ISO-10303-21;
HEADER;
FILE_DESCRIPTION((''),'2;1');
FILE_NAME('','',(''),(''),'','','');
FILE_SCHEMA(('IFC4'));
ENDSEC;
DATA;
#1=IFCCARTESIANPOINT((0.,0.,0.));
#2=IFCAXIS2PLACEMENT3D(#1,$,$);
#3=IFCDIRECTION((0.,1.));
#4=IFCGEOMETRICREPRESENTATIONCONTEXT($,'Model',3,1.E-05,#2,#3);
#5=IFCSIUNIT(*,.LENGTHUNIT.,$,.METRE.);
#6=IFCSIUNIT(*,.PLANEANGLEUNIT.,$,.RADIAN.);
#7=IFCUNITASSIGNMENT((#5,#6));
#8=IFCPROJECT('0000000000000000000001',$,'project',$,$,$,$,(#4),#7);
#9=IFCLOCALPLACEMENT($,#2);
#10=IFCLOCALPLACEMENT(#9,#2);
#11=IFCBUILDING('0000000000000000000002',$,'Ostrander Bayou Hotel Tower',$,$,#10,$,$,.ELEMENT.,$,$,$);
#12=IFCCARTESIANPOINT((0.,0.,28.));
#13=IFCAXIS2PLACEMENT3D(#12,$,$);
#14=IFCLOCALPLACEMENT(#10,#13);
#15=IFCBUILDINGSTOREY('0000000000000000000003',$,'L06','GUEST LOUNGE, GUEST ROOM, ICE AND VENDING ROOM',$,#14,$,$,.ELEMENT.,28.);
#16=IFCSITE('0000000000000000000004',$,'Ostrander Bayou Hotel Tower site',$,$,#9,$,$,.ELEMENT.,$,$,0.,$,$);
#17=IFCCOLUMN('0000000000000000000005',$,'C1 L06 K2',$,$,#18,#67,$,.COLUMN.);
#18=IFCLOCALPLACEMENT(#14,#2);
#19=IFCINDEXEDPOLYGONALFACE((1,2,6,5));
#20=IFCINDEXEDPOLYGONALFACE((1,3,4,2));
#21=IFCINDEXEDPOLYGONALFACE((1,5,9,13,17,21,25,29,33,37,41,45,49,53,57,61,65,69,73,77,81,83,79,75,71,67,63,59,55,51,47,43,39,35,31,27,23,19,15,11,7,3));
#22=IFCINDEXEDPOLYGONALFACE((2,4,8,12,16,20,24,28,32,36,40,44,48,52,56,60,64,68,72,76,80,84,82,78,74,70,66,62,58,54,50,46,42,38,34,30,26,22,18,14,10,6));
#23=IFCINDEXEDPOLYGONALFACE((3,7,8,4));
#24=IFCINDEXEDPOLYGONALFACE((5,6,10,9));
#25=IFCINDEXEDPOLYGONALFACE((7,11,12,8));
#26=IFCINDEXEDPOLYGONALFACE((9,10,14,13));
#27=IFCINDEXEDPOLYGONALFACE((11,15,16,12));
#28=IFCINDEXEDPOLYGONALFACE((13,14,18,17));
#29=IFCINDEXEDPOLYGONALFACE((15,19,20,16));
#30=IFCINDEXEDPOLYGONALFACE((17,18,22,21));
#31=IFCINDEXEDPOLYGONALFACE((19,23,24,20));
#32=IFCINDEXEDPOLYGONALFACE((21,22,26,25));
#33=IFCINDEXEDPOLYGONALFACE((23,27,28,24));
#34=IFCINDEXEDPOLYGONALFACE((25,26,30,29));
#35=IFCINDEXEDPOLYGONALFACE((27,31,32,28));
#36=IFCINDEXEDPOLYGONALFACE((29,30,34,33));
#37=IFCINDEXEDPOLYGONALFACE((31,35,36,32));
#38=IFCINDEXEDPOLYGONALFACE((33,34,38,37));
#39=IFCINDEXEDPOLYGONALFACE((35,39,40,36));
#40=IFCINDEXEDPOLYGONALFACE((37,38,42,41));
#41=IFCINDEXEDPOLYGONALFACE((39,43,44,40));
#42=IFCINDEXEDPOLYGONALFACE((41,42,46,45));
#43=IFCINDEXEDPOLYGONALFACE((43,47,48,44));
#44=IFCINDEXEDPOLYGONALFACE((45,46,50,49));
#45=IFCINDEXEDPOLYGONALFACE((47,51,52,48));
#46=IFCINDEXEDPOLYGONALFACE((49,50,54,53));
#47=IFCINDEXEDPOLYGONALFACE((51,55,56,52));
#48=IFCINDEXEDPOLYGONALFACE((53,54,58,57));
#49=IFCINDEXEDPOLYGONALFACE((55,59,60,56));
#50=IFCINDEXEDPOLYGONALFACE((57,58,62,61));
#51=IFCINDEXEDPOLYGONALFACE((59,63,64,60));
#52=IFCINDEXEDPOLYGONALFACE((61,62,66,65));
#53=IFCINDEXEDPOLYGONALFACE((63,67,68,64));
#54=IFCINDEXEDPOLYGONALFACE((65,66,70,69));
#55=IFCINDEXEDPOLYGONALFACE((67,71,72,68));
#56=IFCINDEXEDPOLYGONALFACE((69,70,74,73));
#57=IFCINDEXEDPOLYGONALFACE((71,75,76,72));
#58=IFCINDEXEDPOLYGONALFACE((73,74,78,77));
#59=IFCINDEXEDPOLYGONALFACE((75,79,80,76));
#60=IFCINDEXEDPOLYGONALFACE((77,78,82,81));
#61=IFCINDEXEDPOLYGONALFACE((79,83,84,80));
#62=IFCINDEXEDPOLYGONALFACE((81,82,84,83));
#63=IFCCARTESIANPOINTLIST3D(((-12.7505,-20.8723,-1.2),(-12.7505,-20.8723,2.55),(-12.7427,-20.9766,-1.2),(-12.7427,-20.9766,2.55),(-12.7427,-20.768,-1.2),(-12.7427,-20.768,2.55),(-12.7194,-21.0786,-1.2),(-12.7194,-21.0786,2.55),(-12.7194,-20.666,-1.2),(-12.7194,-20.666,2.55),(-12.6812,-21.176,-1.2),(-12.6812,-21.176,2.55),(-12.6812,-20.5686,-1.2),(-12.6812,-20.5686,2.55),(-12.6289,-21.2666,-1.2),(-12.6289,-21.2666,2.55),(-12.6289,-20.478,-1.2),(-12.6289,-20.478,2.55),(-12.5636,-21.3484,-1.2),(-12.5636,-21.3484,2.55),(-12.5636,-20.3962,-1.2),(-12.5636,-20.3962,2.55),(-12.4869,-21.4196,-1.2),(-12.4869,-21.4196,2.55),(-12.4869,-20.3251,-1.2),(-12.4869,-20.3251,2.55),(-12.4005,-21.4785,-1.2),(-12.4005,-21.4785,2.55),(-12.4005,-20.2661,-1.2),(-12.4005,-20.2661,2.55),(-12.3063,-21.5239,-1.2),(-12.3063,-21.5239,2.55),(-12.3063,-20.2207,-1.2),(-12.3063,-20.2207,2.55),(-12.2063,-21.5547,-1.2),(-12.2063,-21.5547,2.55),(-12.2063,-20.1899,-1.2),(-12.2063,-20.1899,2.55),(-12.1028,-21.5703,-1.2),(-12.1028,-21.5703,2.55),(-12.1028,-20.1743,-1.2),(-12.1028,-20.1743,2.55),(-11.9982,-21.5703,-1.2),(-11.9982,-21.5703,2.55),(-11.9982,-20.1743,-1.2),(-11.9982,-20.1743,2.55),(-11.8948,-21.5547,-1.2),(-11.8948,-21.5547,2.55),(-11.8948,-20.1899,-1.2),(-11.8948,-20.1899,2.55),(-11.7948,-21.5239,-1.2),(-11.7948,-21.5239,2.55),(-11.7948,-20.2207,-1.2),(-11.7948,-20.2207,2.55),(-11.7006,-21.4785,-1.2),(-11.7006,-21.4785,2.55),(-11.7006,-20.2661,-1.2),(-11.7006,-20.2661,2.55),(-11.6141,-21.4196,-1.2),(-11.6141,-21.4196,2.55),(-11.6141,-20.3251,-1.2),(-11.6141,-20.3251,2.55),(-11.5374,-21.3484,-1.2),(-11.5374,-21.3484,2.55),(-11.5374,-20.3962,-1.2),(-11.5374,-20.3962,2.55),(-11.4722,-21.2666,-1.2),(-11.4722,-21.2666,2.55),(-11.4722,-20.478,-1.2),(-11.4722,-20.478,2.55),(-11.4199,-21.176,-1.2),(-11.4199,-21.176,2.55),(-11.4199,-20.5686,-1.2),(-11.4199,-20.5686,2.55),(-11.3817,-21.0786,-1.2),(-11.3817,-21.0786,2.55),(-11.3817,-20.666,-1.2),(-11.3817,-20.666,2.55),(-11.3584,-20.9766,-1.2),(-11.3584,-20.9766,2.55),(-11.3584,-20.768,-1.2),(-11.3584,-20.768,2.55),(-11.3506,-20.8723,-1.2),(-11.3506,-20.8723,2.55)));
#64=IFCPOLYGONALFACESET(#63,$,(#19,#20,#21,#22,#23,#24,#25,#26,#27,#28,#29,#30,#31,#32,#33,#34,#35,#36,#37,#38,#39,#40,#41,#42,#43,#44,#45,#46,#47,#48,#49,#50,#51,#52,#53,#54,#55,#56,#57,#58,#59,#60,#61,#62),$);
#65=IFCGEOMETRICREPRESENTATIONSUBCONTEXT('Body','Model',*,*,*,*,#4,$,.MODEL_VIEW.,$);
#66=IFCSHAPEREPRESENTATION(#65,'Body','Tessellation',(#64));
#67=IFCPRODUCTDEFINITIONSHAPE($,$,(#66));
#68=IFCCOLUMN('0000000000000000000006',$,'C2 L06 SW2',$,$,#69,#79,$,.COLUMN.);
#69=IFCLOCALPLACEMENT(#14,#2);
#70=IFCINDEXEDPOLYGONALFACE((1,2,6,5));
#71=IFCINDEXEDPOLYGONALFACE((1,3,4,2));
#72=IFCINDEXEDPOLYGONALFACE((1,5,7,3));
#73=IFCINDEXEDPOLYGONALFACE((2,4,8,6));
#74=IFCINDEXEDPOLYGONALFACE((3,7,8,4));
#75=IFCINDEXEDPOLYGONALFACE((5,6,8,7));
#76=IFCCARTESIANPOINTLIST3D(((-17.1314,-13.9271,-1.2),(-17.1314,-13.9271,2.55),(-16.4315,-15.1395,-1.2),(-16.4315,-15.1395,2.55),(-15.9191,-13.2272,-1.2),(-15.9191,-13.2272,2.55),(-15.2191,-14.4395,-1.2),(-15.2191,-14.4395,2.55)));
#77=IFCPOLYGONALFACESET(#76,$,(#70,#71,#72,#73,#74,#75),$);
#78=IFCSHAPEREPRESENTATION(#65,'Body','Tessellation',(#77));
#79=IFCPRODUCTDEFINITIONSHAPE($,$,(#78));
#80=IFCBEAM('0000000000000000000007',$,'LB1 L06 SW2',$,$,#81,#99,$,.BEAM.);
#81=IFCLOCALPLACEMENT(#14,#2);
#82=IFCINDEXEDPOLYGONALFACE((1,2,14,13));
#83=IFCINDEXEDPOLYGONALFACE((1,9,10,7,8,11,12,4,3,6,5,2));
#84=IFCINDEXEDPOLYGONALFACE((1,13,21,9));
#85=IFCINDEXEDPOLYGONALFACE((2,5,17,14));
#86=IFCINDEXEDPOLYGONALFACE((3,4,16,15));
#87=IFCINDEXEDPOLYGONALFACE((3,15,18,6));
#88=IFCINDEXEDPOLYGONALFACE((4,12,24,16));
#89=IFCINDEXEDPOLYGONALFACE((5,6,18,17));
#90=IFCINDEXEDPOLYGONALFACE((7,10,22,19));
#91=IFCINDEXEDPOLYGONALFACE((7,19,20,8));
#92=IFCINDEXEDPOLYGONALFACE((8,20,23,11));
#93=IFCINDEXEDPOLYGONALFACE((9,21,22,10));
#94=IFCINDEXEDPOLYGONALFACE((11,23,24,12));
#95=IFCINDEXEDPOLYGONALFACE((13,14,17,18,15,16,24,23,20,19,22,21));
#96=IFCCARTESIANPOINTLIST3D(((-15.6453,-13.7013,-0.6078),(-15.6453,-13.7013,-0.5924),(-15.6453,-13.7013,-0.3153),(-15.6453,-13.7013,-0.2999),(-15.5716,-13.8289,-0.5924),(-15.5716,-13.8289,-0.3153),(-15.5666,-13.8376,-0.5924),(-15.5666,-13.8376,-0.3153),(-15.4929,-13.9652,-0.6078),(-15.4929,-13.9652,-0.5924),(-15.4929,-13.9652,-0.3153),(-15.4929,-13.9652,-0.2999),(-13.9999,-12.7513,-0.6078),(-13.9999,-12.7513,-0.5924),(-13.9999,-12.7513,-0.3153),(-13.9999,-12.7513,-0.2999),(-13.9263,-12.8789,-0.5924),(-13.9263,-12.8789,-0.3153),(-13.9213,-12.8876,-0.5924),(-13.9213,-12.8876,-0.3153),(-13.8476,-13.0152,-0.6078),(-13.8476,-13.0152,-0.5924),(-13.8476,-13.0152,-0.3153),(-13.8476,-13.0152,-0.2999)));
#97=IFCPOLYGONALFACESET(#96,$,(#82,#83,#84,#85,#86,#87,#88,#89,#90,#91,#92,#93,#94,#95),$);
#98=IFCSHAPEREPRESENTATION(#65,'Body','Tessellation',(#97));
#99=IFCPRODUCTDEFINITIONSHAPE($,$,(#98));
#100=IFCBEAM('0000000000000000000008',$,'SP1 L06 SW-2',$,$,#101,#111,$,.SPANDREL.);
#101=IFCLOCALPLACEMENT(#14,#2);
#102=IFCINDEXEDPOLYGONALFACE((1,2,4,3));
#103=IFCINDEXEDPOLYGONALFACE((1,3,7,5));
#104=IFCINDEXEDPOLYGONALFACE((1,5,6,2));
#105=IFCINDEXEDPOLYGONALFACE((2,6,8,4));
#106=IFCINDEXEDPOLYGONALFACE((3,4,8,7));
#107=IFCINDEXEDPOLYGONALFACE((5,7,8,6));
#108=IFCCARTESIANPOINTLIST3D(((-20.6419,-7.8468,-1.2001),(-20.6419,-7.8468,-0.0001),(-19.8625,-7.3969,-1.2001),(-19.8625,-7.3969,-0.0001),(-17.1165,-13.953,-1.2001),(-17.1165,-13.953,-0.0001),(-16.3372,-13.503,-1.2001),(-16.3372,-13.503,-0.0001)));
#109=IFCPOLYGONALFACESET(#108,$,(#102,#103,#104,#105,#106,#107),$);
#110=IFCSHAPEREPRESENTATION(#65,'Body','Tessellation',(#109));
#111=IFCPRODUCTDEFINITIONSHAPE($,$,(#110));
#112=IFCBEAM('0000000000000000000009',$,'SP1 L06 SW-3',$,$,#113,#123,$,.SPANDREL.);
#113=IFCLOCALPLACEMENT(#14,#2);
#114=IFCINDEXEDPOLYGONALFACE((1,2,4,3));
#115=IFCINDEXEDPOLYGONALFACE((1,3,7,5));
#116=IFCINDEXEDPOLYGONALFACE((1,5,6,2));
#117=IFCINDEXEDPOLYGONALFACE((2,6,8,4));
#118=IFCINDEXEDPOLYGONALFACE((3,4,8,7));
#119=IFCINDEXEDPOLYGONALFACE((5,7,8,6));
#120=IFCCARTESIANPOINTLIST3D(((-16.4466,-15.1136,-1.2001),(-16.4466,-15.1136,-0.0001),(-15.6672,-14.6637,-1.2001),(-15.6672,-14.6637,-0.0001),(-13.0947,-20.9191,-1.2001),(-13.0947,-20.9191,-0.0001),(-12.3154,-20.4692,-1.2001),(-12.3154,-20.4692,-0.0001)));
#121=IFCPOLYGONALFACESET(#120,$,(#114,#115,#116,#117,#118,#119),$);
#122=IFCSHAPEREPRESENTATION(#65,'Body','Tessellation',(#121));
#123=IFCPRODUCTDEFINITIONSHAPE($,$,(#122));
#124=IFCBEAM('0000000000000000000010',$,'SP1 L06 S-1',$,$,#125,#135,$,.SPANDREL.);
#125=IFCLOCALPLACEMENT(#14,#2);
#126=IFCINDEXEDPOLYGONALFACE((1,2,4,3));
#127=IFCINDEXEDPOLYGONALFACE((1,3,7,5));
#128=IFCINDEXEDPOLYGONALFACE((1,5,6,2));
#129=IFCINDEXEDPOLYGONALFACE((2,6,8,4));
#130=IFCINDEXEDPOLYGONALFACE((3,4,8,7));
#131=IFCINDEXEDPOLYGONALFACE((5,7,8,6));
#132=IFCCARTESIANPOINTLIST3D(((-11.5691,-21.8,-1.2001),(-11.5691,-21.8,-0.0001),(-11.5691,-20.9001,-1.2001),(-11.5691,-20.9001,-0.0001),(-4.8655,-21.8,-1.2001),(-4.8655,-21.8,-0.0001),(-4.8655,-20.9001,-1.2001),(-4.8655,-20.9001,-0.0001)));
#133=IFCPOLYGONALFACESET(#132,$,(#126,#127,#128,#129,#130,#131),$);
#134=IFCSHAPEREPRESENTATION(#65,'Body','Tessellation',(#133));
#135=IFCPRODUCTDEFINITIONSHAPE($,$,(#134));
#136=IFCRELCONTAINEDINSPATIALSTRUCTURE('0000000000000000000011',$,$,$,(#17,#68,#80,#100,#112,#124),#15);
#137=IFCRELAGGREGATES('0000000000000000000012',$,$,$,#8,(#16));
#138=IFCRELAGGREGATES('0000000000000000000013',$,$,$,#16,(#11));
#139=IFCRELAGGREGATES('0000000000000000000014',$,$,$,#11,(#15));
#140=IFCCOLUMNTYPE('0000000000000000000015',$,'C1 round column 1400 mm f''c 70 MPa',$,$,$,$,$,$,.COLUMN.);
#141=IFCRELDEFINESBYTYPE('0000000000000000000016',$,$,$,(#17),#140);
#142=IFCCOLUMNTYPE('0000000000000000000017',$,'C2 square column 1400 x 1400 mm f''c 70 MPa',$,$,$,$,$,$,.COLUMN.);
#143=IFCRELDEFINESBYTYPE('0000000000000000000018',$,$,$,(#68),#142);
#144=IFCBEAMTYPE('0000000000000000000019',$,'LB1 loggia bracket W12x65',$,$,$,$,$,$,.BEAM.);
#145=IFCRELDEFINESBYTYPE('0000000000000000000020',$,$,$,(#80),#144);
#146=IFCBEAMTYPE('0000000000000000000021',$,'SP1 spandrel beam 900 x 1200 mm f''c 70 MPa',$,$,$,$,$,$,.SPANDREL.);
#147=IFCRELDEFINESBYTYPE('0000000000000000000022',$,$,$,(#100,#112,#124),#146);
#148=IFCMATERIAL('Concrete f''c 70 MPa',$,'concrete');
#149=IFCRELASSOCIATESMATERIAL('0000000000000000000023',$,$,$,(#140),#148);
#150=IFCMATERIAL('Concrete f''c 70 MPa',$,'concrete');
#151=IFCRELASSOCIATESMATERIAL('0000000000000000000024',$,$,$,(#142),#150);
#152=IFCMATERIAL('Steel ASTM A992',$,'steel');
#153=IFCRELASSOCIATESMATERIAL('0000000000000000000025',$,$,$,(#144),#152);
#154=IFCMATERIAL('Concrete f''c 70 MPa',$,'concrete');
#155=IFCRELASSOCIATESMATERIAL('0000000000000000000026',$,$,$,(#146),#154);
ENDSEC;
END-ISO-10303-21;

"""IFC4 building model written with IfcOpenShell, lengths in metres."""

from ifc_helpers import new_model, si_unit, direction, frame, origin, origin_2d, place, context, subcontext, project, spatial, rectangle, circle, i_section, extrude, material, material_profile, profile_set, type_object, element, save


model = new_model("IFC4")

# Units and contexts
model_context = context("Model", 3, precision=1e-05, world=origin(), true_north=direction((0.0, 1.0)))
body_context = subcontext(model_context, "Body", "Model", "MODEL_VIEW")
ifc_project = project(units=[si_unit("LENGTHUNIT", "METRE"), si_unit("PLANEANGLEUNIT", "RADIAN")], contexts=[model_context])

# Site, building, storey
site_placement = place(None, origin())
site = spatial("IfcSite", under=ifc_project, at=site_placement, Name="Ostrander Bayou Hotel Tower site", CompositionType="ELEMENT", RefElevation=0.0)
building_placement = place(site_placement, origin())
building = spatial("IfcBuilding", under=site, at=building_placement, Name="Ostrander Bayou Hotel Tower", CompositionType="ELEMENT")
storey_placement = place(building_placement, frame((0.0, 0.0, 28.0)))
storey = spatial("IfcBuildingStorey", under=building, at=storey_placement, Name="L06", Description="GUEST LOUNGE, GUEST ROOM, ICE AND VENDING ROOM", CompositionType="ELEMENT", Elevation=28.0)

# Columns
ifc_material_1 = material(Name="Concrete f'c 70 MPa", Category="concrete")
ifc_material_profile_1 = material_profile(ifc_material_1, circle(Radius=0.7, at=origin_2d()))
ifc_profile_set_1 = profile_set([ifc_material_profile_1], Name="Concrete f'c 70 MPa")
column_type_1 = type_object("IfcColumnType", Name="C1 round column 1400 mm f'c 70 MPa", PredefinedType="COLUMN", material=ifc_profile_set_1)
column_1_placement = place(storey_placement, frame((-12.0505, -20.8723, -1.2), z_axis=(0.0, 0.0, 1.0), x_axis=(1.0, 0.0, 0.0)))
element("IfcColumn", 1, at=column_1_placement, inside=storey, type_object=column_type_1, Name="C1 L06 K2", PredefinedType="COLUMN", context=body_context, shape_type="SweptSolid", body=[
    extrude(circle(Radius=0.7, at=origin_2d()), origin(), (0.0, 0.0, 1.0), 3.75),
])
ifc_material_2 = material(Name="Concrete f'c 70 MPa", Category="concrete")
ifc_material_profile_2 = material_profile(ifc_material_2, rectangle(XDim=1.3999, YDim=1.3999, at=origin_2d()))
ifc_profile_set_2 = profile_set([ifc_material_profile_2], Name="Concrete f'c 70 MPa")
column_type_2 = type_object("IfcColumnType", Name="C2 square column 1400 x 1400 mm f'c 70 MPa", PredefinedType="COLUMN", material=ifc_profile_set_2)
column_2_placement = place(storey_placement, frame((-16.1753, -14.1833, -1.2), z_axis=(0.0, 0.0, 1.0), x_axis=(-0.5, 0.866025, 0.0)))
element("IfcColumn", 2, at=column_2_placement, inside=storey, type_object=column_type_2, Name="C2 L06 SW2", PredefinedType="COLUMN", context=body_context, shape_type="SweptSolid", body=[
    extrude(rectangle(XDim=1.3999, YDim=1.3999, at=origin_2d()), origin(), (0.0, 0.0, 1.0), 3.75),
])

# Beams
ifc_material_3 = material(Name="Steel ASTM A992", Category="steel")
ifc_material_profile_3 = material_profile(ifc_material_3, i_section(OverallWidth=0.3047, OverallDepth=0.3079, WebThickness=0.01, FlangeThickness=0.0154, at=origin_2d()))
ifc_profile_set_3 = profile_set([ifc_material_profile_3], Name="Steel ASTM A992")
beam_type_1 = type_object("IfcBeamType", Name="LB1 loggia bracket W12x65", PredefinedType="BEAM", material=ifc_profile_set_3)
beam_1_placement = place(storey_placement, frame((-15.5691, -13.8333, -0.4539), z_axis=(0.866012, 0.500023, 0.0), x_axis=(-0.500023, 0.866012, 0.0)))
element("IfcBeam", 3, at=beam_1_placement, inside=storey, type_object=beam_type_1, Name="LB1 L06 SW2", PredefinedType="BEAM", context=body_context, shape_type="SweptSolid", body=[
    extrude(i_section(OverallWidth=0.3047, OverallDepth=0.3079, WebThickness=0.01, FlangeThickness=0.0154, at=origin_2d()), origin(), (0.0, 0.0, 1.0), 1.8999),
])
ifc_material_4 = material(Name="Concrete f'c 70 MPa", Category="concrete")
ifc_material_profile_4 = material_profile(ifc_material_4, rectangle(XDim=0.8999, YDim=1.2, at=origin_2d()))
ifc_profile_set_4 = profile_set([ifc_material_profile_4], Name="Concrete f'c 70 MPa")
beam_type_2 = type_object("IfcBeamType", Name="SP1 spandrel beam 900 x 1200 mm f'c 70 MPa", PredefinedType="SPANDREL", material=ifc_profile_set_4)
beam_2_placement = place(storey_placement, frame((-20.2522, -7.6218, -0.6001), z_axis=(0.499997, -0.866027, 0.0), x_axis=(0.866027, 0.499997, 0.0)))
element("IfcBeam", 4, at=beam_2_placement, inside=storey, type_object=beam_type_2, Name="SP1 L06 SW-2", PredefinedType="SPANDREL", context=body_context, shape_type="SweptSolid", body=[
    extrude(rectangle(XDim=0.8999, YDim=1.2, at=origin_2d()), origin(), (0.0, 0.0, 1.0), 7.0508),
])
for number, where, z_axis, x_axis, name in (
    (5, (-16.0569, -14.8887, -0.6001), (0.500005, -0.866022, 0.0), (0.866022, 0.500005, 0.0), "SP1 L06 SW-3"),
    (6, (-11.5691, -21.3501, -0.6001), (1.0, 0.0, 0.0), (0.0, 1.0, 0.0), "SP1 L06 S-1"),
):
    element("IfcBeam", number, at=place(storey_placement, frame(where, z_axis=z_axis, x_axis=x_axis)), inside=storey, type_object=beam_type_2, Name=name, PredefinedType="SPANDREL", context=body_context, shape_type="SweptSolid", body=[
        extrude(rectangle(XDim=0.8999, YDim=1.2, at=origin_2d()), origin(), (0.0, 0.0, 1.0), 6.7036),
    ])

save(model, "model.ifc")
